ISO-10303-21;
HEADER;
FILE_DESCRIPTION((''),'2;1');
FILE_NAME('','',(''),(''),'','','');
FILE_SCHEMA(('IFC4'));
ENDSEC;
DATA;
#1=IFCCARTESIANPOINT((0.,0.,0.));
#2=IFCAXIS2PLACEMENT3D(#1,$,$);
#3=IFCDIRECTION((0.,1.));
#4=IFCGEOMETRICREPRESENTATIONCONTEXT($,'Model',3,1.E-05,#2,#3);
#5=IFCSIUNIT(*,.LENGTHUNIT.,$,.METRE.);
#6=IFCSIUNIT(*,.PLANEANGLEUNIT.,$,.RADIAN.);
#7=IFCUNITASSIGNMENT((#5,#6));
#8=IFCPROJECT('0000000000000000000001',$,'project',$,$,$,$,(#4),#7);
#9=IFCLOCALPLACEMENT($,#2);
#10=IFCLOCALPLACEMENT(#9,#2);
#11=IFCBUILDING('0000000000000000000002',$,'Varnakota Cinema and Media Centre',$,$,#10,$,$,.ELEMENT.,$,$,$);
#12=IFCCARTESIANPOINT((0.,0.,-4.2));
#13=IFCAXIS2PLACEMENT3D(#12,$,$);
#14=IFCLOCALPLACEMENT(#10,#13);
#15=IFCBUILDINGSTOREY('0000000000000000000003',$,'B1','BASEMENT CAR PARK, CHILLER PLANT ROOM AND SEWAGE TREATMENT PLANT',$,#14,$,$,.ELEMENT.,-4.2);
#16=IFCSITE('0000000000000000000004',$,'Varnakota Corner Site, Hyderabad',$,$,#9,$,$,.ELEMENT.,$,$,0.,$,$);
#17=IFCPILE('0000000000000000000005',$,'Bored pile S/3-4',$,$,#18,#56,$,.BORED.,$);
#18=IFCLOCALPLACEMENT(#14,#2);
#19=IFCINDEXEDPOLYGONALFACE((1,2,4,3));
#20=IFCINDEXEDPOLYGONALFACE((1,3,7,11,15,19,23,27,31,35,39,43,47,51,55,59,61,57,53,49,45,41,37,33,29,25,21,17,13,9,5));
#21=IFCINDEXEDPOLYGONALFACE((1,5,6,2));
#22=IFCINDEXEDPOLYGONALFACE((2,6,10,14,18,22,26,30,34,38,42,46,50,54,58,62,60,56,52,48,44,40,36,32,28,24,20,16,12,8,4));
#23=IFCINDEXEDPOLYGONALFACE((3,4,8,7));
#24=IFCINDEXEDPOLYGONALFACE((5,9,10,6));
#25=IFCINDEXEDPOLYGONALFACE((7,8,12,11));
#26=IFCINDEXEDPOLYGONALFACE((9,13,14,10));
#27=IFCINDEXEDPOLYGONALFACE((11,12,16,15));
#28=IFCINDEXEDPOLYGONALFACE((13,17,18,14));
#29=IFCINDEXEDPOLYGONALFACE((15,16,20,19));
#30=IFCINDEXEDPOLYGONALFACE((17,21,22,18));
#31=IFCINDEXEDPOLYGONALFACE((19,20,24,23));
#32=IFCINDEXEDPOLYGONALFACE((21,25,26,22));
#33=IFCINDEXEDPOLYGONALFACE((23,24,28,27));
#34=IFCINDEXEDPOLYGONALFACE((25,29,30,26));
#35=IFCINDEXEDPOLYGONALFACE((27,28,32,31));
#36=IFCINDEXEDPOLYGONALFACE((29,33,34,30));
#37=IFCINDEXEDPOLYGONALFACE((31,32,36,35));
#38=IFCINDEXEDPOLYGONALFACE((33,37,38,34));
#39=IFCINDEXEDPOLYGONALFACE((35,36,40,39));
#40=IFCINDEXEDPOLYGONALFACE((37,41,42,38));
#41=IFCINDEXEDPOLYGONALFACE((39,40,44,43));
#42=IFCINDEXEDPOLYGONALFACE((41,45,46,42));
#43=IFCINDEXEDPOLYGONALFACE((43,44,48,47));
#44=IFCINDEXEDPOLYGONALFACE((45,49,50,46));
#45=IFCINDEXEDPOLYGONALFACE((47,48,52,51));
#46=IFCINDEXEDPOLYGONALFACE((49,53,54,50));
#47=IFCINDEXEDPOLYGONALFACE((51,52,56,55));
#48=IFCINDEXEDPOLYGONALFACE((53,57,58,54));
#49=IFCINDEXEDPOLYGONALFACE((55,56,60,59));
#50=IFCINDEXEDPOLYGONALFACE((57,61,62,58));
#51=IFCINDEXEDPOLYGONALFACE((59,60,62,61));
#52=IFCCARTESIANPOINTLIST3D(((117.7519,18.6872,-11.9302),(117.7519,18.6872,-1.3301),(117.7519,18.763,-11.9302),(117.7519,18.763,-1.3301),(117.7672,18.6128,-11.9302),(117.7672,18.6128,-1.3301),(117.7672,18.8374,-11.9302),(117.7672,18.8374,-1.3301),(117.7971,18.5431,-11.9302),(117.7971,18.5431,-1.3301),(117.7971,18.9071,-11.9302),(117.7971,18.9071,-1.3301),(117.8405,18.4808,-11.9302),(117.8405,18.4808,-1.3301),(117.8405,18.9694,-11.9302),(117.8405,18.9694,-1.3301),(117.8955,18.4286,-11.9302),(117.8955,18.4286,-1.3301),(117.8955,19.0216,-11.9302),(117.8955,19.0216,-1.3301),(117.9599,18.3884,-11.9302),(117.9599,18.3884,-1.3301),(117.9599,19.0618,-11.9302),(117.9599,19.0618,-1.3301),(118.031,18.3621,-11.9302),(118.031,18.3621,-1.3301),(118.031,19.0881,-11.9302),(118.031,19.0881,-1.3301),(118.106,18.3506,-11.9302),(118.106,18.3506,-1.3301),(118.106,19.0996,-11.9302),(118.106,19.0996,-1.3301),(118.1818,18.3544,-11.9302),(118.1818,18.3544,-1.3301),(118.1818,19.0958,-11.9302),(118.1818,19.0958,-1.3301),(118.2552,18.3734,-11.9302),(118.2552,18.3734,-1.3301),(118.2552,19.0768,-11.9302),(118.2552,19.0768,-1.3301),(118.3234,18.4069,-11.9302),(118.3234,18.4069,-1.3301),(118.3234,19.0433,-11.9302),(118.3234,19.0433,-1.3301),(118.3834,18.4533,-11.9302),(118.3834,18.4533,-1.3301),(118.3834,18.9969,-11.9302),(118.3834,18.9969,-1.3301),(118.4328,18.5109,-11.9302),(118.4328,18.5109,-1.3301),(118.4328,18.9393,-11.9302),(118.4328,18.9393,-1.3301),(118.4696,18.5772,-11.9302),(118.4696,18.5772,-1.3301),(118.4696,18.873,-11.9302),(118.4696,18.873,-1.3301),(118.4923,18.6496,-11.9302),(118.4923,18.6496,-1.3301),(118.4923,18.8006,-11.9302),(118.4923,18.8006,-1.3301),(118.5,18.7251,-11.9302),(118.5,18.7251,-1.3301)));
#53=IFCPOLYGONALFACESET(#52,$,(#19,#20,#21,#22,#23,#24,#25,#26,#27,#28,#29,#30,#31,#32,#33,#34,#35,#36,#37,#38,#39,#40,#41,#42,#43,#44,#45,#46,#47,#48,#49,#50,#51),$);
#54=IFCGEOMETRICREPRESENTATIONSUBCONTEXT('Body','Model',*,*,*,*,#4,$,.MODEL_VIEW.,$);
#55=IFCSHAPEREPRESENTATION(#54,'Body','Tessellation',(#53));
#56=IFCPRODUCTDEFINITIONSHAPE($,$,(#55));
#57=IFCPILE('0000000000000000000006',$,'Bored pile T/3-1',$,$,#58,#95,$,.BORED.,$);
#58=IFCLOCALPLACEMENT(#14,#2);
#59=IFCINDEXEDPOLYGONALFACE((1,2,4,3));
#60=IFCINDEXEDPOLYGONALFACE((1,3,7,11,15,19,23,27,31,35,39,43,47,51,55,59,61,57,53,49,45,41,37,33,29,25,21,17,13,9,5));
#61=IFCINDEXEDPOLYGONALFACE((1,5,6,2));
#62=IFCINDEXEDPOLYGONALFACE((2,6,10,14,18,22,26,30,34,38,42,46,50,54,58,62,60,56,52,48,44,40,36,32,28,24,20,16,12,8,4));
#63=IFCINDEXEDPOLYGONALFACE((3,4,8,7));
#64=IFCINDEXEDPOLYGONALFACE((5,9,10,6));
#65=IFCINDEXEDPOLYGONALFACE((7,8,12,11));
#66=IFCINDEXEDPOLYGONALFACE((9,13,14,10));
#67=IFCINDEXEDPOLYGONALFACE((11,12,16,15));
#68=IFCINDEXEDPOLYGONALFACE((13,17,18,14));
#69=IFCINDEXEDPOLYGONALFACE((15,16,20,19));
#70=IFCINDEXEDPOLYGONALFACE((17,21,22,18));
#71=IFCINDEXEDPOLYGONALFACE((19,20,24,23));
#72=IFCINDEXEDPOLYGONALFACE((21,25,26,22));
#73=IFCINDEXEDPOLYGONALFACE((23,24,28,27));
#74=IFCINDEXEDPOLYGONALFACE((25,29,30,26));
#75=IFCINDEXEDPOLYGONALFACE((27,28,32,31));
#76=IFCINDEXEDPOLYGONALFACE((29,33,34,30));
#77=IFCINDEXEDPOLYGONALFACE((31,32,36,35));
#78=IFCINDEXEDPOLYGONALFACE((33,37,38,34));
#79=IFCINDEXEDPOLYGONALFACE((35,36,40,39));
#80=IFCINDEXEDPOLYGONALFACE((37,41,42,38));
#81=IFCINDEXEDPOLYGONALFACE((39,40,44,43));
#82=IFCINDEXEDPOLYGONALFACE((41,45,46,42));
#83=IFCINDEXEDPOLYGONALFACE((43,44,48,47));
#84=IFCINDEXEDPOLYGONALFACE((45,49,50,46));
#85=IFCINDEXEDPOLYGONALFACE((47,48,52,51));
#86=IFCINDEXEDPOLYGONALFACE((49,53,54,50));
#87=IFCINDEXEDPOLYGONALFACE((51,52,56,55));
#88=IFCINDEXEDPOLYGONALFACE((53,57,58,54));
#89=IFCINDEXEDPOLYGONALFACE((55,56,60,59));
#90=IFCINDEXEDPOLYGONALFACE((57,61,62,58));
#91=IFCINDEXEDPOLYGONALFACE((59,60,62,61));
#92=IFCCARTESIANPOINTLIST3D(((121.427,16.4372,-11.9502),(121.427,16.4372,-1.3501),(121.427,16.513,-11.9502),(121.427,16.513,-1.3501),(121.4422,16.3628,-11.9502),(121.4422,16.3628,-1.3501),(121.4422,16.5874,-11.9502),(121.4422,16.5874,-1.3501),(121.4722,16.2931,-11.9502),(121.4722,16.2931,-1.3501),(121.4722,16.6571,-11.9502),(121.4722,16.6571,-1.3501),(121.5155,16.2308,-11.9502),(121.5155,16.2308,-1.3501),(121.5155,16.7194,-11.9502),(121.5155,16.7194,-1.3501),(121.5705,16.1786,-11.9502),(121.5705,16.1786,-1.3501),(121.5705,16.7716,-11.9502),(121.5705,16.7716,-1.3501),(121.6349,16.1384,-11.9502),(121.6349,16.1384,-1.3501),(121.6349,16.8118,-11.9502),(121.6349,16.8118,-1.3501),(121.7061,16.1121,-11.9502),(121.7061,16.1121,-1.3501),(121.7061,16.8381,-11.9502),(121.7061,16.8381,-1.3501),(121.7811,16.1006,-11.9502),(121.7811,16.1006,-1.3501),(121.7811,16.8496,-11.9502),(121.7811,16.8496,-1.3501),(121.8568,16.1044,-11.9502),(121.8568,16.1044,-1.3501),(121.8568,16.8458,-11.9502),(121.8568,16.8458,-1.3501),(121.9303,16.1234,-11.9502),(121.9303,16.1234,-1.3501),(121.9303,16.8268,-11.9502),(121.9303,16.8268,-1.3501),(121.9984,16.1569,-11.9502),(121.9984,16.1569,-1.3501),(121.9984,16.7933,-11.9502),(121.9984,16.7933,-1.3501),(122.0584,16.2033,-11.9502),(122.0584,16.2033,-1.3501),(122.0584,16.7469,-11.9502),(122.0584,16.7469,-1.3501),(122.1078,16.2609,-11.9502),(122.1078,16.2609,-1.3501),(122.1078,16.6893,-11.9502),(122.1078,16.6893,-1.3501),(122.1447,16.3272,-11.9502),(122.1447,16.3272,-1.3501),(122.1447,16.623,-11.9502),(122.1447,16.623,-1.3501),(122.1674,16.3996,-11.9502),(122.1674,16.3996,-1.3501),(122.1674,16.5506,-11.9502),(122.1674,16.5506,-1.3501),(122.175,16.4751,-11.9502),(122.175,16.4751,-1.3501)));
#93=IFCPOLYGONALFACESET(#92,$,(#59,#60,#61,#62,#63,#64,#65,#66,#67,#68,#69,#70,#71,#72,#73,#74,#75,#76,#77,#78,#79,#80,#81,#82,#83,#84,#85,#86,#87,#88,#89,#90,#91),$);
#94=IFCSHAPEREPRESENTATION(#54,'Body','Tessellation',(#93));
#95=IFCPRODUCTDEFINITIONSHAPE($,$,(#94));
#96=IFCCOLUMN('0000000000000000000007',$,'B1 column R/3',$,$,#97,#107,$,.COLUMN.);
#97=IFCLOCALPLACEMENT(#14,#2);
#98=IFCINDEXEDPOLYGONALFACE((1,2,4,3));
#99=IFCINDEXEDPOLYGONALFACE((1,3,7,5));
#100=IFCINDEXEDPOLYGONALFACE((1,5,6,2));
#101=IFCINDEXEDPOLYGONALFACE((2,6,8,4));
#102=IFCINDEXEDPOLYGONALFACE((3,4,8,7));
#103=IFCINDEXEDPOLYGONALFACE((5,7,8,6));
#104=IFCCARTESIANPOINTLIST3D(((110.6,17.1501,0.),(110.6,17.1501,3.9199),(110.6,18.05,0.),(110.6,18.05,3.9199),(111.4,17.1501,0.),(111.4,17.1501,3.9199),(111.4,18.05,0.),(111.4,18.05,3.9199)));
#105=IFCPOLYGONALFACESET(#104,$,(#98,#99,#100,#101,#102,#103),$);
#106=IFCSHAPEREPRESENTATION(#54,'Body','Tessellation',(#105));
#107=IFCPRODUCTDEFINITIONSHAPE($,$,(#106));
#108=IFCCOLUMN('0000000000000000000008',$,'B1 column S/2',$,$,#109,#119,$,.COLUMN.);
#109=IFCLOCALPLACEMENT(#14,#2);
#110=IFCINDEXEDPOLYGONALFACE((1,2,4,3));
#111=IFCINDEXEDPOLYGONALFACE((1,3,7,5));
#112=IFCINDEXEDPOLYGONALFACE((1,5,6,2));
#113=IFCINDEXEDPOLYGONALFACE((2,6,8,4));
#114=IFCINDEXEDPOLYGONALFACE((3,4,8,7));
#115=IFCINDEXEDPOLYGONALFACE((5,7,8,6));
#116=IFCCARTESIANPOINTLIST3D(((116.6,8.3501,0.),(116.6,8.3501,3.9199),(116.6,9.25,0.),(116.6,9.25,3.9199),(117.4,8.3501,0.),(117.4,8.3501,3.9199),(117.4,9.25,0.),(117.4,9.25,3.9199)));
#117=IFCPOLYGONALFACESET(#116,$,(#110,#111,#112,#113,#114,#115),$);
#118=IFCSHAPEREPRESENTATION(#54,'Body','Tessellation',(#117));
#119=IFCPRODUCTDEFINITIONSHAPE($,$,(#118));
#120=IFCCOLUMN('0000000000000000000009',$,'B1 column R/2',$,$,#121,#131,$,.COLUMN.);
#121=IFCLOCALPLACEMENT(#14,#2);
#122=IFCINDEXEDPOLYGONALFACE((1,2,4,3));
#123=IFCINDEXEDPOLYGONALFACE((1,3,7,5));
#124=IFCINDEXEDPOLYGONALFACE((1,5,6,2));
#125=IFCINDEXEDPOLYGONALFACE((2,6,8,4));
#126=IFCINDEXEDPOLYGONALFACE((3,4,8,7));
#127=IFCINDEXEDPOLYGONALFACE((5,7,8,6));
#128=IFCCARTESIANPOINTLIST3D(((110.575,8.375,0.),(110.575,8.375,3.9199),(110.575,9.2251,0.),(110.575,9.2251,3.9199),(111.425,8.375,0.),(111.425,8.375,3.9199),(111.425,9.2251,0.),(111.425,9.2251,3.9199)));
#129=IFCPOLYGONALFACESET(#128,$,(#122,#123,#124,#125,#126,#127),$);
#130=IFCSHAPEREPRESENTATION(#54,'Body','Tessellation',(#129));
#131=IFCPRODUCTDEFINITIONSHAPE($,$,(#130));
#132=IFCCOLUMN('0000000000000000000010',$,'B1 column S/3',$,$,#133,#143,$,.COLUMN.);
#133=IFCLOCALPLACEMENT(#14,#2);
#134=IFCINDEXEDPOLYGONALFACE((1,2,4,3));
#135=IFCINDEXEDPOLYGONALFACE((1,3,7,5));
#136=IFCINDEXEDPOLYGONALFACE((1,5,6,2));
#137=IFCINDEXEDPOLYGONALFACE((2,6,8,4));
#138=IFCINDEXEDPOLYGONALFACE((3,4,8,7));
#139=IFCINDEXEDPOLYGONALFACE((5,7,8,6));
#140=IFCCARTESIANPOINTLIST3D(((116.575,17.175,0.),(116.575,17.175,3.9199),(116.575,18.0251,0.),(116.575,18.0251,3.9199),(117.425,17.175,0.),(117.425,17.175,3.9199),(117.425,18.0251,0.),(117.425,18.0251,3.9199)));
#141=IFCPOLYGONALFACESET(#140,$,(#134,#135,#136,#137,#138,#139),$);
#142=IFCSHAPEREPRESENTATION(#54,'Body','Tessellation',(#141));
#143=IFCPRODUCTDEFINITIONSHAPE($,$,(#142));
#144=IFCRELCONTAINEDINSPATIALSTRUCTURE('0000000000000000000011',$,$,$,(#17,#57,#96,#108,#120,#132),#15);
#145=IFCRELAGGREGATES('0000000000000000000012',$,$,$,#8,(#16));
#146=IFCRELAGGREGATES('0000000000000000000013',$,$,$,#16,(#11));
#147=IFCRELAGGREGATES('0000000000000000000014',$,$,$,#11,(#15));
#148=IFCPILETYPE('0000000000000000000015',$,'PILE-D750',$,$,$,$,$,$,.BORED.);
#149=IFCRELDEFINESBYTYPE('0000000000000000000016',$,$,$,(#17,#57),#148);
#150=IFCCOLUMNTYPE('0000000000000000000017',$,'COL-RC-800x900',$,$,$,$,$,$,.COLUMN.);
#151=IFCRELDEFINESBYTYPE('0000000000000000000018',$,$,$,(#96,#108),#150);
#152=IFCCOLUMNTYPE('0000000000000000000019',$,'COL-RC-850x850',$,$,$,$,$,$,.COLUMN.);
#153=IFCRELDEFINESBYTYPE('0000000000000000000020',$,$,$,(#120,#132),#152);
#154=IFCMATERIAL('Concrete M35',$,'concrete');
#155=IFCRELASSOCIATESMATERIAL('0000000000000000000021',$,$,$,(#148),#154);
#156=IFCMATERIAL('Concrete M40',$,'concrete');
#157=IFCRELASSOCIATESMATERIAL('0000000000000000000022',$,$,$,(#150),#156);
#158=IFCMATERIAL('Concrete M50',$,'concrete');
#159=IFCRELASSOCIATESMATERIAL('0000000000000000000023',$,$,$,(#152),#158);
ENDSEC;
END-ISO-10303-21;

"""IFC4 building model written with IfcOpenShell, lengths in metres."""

from ifc_helpers import new_model, si_unit, direction, frame, origin, origin_2d, place, context, subcontext, project, spatial, rectangle, circle, extrude, material, material_profile, profile_set, type_object, element, save


model = new_model("IFC4")

# Units and contexts
model_context = context("Model", 3, precision=1e-05, world=origin(), true_north=direction((0.0, 1.0)))
body_context = subcontext(model_context, "Body", "Model", "MODEL_VIEW")
ifc_project = project(units=[si_unit("LENGTHUNIT", "METRE"), si_unit("PLANEANGLEUNIT", "RADIAN")], contexts=[model_context])

# Site, building, storey
site_placement = place(None, origin())
site = spatial("IfcSite", under=ifc_project, at=site_placement, Name="Varnakota Corner Site, Hyderabad", CompositionType="ELEMENT", RefElevation=0.0)
building_placement = place(site_placement, origin())
building = spatial("IfcBuilding", under=site, at=building_placement, Name="Varnakota Cinema and Media Centre", CompositionType="ELEMENT")
storey_placement = place(building_placement, frame((0.0, 0.0, -4.2)))
storey = spatial("IfcBuildingStorey", under=building, at=storey_placement, Name="B1", Description="BASEMENT CAR PARK, CHILLER PLANT ROOM AND SEWAGE TREATMENT PLANT", CompositionType="ELEMENT", Elevation=-4.2)

# Piles
ifc_material_1 = material(Name="Concrete M35", Category="concrete")
ifc_material_profile_1 = material_profile(ifc_material_1, circle(Radius=0.375, at=origin_2d()), Name="PILE D750")
ifc_profile_set_1 = profile_set([ifc_material_profile_1], Name="Concrete M35")
pile_type_1 = type_object("IfcPileType", Name="PILE-D750", PredefinedType="BORED", material=ifc_profile_set_1)
for number, where, z_axis, x_axis, name in (
    (1, (118.125, 18.7251, -1.3301), (0.0, 0.0, -1.0), (1.0, 0.0, 0.0), "Bored pile S/3-4"),
    (2, (121.8, 16.4751, -1.3501), (0.0, 0.0, -1.0), (1.0, 0.0, 0.0), "Bored pile T/3-1"),
):
    element("IfcPile", number, at=place(storey_placement, frame(where, z_axis=z_axis, x_axis=x_axis)), inside=storey, type_object=pile_type_1, Name=name, PredefinedType="BORED", context=body_context, shape_type="SweptSolid", body=[
        extrude(circle(Radius=0.375, at=origin_2d()), origin(), (0.0, 0.0, 1.0), 10.6001),
    ])

# Columns
ifc_material_2 = material(Name="Concrete M40", Category="concrete")
ifc_material_profile_2 = material_profile(ifc_material_2, rectangle(XDim=0.8, YDim=0.8999, at=origin_2d()), Name="RC 800x900")
ifc_profile_set_2 = profile_set([ifc_material_profile_2], Name="Concrete M40")
column_type_1 = type_object("IfcColumnType", Name="COL-RC-800x900", PredefinedType="COLUMN", material=ifc_profile_set_2)
for number, where, z_axis, x_axis, name in (
    (3, (111.0, 17.6001, 0.0), (0.0, 0.0, 1.0), (1.0, 0.0, 0.0), "B1 column R/3"),
    (4, (117.0, 8.8, 0.0), (0.0, 0.0, 1.0), (1.0, 0.0, 0.0), "B1 column S/2"),
):
    element("IfcColumn", number, at=place(storey_placement, frame(where, z_axis=z_axis, x_axis=x_axis)), inside=storey, type_object=column_type_1, Name=name, PredefinedType="COLUMN", context=body_context, shape_type="SweptSolid", body=[
        extrude(rectangle(XDim=0.8, YDim=0.8999, at=origin_2d()), origin(), (0.0, 0.0, 1.0), 3.9199),
    ])
ifc_material_3 = material(Name="Concrete M50", Category="concrete")
ifc_material_profile_3 = material_profile(ifc_material_3, rectangle(XDim=0.8501, YDim=0.8501, at=origin_2d()), Name="RC 850x850")
ifc_profile_set_3 = profile_set([ifc_material_profile_3], Name="Concrete M50")
column_type_2 = type_object("IfcColumnType", Name="COL-RC-850x850", PredefinedType="COLUMN", material=ifc_profile_set_3)
for number, where, z_axis, x_axis, name in (
    (5, (111.0, 8.8, 0.0), (0.0, 0.0, 1.0), (1.0, 0.0, 0.0), "B1 column R/2"),
    (6, (117.0, 17.6001, 0.0), (0.0, 0.0, 1.0), (1.0, 0.0, 0.0), "B1 column S/3"),
):
    element("IfcColumn", number, at=place(storey_placement, frame(where, z_axis=z_axis, x_axis=x_axis)), inside=storey, type_object=column_type_2, Name=name, PredefinedType="COLUMN", context=body_context, shape_type="SweptSolid", body=[
        extrude(rectangle(XDim=0.8501, YDim=0.8501, at=origin_2d()), origin(), (0.0, 0.0, 1.0), 3.9199),
    ])

save(model, "model.ifc")
